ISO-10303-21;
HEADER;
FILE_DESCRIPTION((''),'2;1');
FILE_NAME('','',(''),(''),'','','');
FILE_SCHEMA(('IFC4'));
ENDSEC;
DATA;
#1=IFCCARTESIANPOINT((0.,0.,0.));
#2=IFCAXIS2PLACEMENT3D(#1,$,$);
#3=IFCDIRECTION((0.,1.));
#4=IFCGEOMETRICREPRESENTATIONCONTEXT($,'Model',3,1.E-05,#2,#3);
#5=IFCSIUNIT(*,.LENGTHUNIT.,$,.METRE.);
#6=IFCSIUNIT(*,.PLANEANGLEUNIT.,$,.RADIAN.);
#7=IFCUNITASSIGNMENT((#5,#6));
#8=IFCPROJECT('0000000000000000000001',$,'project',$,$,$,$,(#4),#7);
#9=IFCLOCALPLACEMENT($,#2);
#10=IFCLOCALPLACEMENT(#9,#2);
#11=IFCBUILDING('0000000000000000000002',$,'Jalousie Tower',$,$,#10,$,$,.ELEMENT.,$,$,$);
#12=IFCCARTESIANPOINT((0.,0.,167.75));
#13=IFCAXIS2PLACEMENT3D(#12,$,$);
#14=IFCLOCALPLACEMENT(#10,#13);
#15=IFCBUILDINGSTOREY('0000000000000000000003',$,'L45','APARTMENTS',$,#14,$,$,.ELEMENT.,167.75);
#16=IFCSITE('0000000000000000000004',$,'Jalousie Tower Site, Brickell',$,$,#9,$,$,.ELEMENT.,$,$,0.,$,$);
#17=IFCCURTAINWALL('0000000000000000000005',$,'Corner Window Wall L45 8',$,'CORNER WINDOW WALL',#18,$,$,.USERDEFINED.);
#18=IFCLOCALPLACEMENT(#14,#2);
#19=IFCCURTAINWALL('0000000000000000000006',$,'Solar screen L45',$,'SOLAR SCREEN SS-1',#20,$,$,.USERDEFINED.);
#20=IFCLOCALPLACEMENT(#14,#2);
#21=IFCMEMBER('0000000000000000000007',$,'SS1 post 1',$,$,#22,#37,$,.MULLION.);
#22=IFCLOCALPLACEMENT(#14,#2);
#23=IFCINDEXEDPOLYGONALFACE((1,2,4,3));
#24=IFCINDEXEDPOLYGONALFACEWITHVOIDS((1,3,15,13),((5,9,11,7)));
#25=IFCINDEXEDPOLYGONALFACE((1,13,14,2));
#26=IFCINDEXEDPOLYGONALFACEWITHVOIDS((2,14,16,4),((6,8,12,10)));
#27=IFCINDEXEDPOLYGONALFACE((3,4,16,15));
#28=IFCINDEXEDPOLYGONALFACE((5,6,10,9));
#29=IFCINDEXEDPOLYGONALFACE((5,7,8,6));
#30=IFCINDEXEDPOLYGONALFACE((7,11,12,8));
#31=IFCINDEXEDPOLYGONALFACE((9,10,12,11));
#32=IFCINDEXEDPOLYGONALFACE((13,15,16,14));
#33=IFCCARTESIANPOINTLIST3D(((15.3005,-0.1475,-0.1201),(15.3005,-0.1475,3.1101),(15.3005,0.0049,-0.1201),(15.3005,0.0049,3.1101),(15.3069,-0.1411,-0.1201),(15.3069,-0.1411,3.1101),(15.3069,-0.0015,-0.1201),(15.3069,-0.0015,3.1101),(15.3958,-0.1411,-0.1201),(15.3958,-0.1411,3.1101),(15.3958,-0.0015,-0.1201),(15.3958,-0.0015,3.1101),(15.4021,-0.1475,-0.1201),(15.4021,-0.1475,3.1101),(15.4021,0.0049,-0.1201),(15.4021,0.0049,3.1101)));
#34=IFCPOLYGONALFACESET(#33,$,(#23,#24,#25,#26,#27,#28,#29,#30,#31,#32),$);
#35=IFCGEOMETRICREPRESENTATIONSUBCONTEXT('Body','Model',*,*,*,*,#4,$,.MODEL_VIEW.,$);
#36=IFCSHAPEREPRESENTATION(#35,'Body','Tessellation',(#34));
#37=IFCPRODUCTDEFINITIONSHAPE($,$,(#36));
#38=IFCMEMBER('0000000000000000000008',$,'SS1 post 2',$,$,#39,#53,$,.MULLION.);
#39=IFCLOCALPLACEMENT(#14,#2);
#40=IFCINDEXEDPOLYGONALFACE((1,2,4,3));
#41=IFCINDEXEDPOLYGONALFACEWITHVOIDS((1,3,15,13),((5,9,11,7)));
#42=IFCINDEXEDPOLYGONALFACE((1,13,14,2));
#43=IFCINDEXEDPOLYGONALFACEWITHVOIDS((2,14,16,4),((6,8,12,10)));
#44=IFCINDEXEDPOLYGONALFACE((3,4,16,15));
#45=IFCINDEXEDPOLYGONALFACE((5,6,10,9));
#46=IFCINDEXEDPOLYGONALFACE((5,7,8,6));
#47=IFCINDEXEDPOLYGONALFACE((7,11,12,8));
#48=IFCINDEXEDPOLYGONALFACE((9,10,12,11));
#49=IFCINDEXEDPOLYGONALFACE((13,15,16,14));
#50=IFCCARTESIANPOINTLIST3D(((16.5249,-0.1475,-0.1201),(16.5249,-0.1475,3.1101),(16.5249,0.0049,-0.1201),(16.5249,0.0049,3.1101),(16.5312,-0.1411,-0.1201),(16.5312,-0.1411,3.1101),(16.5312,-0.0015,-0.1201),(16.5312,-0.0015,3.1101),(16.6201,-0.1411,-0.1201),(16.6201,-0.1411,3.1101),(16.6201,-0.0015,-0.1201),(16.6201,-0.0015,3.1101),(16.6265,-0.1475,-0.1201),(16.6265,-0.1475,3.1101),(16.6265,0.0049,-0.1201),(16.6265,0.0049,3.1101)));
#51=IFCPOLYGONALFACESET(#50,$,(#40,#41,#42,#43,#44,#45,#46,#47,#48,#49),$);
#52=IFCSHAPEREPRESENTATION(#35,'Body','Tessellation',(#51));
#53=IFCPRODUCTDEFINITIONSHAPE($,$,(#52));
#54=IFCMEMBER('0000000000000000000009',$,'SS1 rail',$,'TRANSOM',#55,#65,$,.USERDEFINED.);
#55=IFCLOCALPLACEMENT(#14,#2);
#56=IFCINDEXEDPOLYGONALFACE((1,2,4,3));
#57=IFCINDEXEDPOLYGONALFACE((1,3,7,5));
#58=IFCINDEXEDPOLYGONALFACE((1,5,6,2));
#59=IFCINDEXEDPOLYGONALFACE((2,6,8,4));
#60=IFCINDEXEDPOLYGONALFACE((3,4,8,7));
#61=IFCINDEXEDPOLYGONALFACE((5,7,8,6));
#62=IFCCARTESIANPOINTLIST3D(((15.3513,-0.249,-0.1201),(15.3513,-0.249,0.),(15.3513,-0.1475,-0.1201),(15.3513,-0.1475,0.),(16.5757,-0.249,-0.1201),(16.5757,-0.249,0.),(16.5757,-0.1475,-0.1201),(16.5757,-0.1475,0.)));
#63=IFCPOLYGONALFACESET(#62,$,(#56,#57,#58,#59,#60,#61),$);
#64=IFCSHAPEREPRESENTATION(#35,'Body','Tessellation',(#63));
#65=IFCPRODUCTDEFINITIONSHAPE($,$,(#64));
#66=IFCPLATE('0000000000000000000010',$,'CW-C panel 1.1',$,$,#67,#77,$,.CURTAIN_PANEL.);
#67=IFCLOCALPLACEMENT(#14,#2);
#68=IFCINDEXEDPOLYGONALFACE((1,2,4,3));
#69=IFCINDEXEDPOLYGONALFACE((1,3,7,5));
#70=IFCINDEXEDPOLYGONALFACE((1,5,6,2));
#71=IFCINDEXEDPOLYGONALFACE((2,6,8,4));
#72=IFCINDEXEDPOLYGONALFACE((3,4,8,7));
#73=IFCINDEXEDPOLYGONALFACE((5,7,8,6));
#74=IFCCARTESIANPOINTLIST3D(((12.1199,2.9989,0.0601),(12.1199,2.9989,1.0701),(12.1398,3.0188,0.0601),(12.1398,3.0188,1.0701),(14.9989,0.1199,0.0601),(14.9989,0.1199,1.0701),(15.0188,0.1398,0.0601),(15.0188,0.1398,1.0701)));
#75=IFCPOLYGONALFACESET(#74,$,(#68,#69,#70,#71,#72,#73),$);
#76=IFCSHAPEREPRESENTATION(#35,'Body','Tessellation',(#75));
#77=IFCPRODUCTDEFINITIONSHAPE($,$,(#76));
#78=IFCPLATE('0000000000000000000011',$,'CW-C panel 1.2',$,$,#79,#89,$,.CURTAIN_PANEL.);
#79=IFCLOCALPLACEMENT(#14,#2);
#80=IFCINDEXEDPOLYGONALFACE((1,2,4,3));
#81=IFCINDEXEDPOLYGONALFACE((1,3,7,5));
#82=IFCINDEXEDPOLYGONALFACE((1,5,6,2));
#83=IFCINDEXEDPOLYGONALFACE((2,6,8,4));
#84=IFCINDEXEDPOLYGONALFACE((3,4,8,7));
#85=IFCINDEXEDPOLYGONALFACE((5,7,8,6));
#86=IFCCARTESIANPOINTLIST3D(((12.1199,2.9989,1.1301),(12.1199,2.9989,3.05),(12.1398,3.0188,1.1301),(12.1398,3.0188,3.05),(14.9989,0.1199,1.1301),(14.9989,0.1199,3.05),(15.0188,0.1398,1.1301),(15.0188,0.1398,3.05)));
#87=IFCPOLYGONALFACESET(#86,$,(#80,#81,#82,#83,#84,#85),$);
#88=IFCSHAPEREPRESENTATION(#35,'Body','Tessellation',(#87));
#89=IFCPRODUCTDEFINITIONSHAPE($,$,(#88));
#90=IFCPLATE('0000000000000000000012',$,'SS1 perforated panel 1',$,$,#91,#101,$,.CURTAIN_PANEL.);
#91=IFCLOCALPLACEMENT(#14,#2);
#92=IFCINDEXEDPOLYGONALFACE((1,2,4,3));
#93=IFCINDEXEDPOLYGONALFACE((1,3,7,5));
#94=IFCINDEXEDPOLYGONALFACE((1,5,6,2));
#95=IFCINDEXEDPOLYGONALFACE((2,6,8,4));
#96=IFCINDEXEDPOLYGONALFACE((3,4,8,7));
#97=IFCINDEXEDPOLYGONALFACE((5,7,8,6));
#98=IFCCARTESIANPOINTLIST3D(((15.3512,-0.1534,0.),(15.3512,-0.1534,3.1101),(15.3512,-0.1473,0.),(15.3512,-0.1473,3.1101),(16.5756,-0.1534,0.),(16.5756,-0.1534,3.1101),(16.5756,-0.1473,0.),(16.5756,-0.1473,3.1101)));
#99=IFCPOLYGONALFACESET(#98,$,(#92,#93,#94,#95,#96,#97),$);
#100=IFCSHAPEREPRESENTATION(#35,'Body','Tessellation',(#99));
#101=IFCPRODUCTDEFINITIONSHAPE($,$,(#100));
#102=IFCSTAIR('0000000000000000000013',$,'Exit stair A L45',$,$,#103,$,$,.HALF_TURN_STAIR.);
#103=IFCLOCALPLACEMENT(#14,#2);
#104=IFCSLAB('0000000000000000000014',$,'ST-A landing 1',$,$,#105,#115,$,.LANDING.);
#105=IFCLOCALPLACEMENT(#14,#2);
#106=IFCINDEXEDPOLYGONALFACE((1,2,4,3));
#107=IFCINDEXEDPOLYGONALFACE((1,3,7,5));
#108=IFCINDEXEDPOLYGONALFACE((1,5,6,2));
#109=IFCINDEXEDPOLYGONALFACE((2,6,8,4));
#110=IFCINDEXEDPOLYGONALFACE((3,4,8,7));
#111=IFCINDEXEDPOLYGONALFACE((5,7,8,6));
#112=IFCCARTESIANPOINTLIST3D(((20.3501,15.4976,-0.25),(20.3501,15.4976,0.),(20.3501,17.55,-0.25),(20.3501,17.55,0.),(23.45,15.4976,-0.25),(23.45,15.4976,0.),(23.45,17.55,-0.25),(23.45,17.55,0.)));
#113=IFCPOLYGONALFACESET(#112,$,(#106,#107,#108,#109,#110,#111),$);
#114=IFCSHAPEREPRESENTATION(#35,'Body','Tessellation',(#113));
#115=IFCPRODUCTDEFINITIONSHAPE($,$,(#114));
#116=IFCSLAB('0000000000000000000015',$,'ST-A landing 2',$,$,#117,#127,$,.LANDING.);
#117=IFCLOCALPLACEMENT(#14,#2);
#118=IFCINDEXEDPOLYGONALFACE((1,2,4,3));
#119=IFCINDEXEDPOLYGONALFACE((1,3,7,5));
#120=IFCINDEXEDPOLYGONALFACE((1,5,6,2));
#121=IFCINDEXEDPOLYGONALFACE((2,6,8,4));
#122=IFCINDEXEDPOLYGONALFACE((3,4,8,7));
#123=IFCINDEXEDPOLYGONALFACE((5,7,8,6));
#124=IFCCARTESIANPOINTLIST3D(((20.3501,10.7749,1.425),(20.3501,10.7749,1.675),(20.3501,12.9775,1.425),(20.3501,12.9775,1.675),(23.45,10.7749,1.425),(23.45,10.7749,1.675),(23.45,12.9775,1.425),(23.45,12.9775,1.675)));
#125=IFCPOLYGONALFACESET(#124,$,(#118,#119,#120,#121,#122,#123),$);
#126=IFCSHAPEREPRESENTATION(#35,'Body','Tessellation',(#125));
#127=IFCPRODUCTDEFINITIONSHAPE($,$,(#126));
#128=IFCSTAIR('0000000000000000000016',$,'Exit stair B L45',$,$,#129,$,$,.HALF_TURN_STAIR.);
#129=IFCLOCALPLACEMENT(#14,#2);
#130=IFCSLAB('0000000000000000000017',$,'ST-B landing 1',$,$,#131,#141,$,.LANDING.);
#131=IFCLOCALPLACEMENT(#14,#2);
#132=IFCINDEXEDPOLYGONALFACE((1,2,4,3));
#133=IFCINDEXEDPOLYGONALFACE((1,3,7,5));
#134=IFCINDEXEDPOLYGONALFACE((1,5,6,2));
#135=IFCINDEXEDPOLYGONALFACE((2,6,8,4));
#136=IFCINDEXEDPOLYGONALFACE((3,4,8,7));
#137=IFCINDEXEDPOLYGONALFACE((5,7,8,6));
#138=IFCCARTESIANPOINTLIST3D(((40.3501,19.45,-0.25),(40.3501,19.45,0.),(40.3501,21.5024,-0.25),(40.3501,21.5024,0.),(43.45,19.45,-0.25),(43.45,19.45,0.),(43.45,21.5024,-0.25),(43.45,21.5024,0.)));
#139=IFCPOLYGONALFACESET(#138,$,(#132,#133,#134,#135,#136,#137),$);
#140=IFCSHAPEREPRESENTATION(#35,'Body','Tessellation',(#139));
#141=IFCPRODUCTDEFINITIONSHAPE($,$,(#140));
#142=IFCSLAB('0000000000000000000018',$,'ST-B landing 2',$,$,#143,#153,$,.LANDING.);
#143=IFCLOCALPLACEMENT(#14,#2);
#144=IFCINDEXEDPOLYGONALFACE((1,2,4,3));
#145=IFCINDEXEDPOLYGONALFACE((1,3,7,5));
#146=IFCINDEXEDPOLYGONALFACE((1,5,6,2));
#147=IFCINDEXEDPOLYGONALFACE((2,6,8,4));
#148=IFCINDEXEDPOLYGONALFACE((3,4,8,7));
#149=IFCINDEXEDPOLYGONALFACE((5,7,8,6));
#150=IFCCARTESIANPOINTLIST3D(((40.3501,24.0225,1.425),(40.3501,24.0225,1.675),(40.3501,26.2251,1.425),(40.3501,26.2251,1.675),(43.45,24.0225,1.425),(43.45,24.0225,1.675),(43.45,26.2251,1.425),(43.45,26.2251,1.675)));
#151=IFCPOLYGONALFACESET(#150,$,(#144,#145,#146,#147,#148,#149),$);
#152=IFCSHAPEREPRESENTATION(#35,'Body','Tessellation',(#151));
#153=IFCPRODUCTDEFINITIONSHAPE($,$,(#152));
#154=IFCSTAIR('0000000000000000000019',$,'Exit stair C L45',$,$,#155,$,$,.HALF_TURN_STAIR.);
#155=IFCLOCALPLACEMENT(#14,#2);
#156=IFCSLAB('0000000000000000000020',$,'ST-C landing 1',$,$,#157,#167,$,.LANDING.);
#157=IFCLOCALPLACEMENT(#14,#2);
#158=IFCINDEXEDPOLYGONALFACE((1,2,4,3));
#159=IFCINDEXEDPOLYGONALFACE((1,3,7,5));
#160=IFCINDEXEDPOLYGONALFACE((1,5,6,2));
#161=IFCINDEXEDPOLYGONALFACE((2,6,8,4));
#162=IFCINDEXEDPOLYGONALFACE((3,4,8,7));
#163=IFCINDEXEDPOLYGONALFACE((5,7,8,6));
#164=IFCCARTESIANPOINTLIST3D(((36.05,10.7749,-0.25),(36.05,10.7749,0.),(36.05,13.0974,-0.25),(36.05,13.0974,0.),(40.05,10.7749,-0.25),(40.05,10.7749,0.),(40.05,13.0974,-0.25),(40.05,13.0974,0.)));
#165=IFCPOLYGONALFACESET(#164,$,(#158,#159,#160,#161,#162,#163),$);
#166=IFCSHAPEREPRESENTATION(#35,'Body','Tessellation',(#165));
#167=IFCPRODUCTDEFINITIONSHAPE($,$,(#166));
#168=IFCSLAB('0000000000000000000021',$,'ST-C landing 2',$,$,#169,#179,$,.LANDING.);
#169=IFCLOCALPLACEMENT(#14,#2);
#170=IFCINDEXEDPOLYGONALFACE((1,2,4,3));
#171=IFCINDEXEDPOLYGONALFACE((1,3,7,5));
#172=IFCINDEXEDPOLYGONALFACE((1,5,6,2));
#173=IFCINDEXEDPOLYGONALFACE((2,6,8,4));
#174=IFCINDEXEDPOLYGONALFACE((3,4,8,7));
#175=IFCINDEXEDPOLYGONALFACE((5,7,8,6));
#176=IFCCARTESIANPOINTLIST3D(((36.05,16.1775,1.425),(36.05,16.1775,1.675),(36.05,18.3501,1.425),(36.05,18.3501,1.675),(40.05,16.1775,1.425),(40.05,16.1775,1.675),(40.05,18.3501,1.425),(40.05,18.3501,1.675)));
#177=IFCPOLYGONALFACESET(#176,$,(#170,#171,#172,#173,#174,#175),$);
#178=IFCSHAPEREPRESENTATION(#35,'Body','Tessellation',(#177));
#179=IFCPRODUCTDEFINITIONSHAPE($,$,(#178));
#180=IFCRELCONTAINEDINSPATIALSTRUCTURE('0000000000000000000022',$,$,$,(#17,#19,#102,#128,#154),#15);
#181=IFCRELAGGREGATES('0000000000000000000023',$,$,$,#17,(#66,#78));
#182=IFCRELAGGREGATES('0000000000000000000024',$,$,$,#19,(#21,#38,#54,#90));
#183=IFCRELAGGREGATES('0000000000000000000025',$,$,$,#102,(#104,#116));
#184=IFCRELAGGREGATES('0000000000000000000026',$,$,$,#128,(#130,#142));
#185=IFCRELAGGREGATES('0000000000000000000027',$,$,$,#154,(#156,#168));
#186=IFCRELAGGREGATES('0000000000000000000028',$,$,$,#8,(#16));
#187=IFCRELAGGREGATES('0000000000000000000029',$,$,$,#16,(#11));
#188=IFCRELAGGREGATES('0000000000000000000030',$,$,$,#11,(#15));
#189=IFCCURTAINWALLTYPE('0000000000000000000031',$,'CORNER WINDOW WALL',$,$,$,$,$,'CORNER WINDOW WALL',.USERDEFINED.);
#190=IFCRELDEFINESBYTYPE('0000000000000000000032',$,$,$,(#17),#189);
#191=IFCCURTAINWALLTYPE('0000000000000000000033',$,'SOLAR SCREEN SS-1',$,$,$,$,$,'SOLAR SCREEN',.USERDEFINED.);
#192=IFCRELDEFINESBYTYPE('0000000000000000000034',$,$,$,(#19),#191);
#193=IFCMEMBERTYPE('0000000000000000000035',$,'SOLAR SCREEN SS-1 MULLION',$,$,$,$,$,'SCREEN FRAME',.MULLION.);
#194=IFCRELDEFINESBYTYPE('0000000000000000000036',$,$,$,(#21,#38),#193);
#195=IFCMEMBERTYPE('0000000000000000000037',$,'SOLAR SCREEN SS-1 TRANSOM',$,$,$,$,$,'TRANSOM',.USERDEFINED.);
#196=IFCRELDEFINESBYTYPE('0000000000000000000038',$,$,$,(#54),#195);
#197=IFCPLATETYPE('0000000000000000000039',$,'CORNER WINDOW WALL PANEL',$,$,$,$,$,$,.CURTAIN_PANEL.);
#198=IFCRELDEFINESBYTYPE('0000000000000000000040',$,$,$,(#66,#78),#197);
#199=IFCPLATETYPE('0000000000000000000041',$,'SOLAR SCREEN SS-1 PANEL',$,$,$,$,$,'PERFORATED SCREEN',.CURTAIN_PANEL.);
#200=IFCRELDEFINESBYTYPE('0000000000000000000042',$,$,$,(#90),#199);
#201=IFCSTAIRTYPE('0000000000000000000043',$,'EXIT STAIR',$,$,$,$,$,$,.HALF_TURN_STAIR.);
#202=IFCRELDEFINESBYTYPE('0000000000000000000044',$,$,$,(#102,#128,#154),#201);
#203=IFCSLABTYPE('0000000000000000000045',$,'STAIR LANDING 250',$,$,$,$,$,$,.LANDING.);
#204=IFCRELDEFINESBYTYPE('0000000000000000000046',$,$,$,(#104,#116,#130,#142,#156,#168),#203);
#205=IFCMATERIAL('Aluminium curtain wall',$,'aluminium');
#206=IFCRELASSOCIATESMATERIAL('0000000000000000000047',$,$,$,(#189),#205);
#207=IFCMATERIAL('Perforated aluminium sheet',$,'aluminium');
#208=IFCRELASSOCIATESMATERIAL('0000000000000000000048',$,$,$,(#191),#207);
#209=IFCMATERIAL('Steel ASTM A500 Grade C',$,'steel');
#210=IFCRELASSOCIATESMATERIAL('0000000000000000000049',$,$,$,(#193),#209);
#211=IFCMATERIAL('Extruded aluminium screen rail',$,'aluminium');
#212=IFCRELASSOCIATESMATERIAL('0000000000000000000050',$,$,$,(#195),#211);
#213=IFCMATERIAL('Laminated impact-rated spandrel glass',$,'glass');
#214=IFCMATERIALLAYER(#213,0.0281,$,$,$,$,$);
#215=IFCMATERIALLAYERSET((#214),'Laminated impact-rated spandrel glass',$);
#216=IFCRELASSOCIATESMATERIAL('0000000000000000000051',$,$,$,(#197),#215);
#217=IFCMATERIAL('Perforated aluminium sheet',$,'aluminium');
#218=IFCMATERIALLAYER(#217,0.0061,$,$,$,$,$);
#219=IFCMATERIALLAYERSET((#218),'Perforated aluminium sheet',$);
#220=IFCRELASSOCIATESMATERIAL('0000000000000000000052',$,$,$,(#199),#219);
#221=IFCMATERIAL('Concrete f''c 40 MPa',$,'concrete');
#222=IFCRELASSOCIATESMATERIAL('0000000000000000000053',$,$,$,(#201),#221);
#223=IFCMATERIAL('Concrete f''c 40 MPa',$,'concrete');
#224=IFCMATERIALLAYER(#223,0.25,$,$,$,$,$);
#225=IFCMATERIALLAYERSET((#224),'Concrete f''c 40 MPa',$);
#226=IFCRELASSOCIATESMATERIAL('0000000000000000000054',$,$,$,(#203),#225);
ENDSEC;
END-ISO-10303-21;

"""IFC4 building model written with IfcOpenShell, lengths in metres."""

from ifc_helpers import new_model, si_unit, direction, frame, origin, origin_2d, place, context, subcontext, project, spatial, polyline, rectangle, hollow_rectangle, outline, extrude, material, layer, layer_set, material_profile, profile_set, type_object, element, aggregate, save


model = new_model("IFC4")

# Units and contexts
model_context = context("Model", 3, precision=1e-05, world=origin(), true_north=direction((0.0, 1.0)))
body_context = subcontext(model_context, "Body", "Model", "MODEL_VIEW")
ifc_project = project(units=[si_unit("LENGTHUNIT", "METRE"), si_unit("PLANEANGLEUNIT", "RADIAN")], contexts=[model_context])

# Site, building, storey
site_placement = place(None, origin())
site = spatial("IfcSite", under=ifc_project, at=site_placement, Name="Jalousie Tower Site, Brickell", CompositionType="ELEMENT", RefElevation=0.0)
building_placement = place(site_placement, origin())
building = spatial("IfcBuilding", under=site, at=building_placement, Name="Jalousie Tower", CompositionType="ELEMENT")
storey_placement = place(building_placement, frame((0.0, 0.0, 167.75)))
storey = spatial("IfcBuildingStorey", under=building, at=storey_placement, Name="L45", Description="APARTMENTS", CompositionType="ELEMENT", Elevation=167.75)

# Curtain wall
ifc_material_1 = material(Name="Aluminium curtain wall", Category="aluminium")
curtain_wall_type_1 = type_object("IfcCurtainWallType", Name="CORNER WINDOW WALL", ElementType="CORNER WINDOW WALL", PredefinedType="USERDEFINED", material=ifc_material_1)
curtain_wall_1_placement = place(storey_placement, origin())
curtain_wall_1 = element("IfcCurtainWall", 1, at=curtain_wall_1_placement, inside=storey, type_object=curtain_wall_type_1, Name="Corner Window Wall L45 8", ObjectType="CORNER WINDOW WALL", PredefinedType="USERDEFINED")

# Curtain wall, members
ifc_material_2 = material(Name="Perforated aluminium sheet", Category="aluminium")
curtain_wall_type_2 = type_object("IfcCurtainWallType", Name="SOLAR SCREEN SS-1", ElementType="SOLAR SCREEN", PredefinedType="USERDEFINED", material=ifc_material_2)
curtain_wall_2_placement = place(storey_placement, origin())
curtain_wall_2 = element("IfcCurtainWall", 2, at=curtain_wall_2_placement, inside=storey, type_object=curtain_wall_type_2, Name="Solar screen L45", ObjectType="SOLAR SCREEN SS-1", PredefinedType="USERDEFINED")
ifc_material_3 = material(Name="Steel ASTM A500 Grade C", Category="steel")
ifc_material_profile_1 = material_profile(ifc_material_3, hollow_rectangle(XDim=0.1016, YDim=0.1523, WallThickness=0.0063, at=origin_2d()), Name="HSS6X4X1/4")
ifc_profile_set_1 = profile_set([ifc_material_profile_1], Name="Steel ASTM A500 Grade C")
member_type_1 = type_object("IfcMemberType", Name="SOLAR SCREEN SS-1 MULLION", ElementType="SCREEN FRAME", PredefinedType="MULLION", material=ifc_profile_set_1)
member_1_placement = place(storey_placement, frame((15.3513, -0.0713, -0.1201), z_axis=(0.0, 0.0, 1.0), x_axis=(1.0, 0.0, 0.0)))
member_1 = element("IfcMember", 3, at=member_1_placement, type_object=member_type_1, Name="SS1 post 1", PredefinedType="MULLION", context=body_context, shape_type="SweptSolid", body=[
    extrude(hollow_rectangle(XDim=0.1016, YDim=0.1523, WallThickness=0.0063, at=origin_2d()), origin(), (0.0, 0.0, 1.0), 3.2302),
])
member_2_placement = place(storey_placement, frame((16.5757, -0.0713, -0.1201), z_axis=(0.0, 0.0, 1.0), x_axis=(1.0, 0.0, 0.0)))
member_2 = element("IfcMember", 4, at=member_2_placement, type_object=member_type_1, Name="SS1 post 2", PredefinedType="MULLION", context=body_context, shape_type="SweptSolid", body=[
    extrude(hollow_rectangle(XDim=0.1016, YDim=0.1523, WallThickness=0.0063, at=origin_2d()), origin(), (0.0, 0.0, 1.0), 3.2302),
])
ifc_material_4 = material(Name="Extruded aluminium screen rail", Category="aluminium")
ifc_material_profile_2 = material_profile(ifc_material_4, rectangle(XDim=0.1016, YDim=0.1201, at=origin_2d()), Name="RAIL 102x120")
ifc_profile_set_2 = profile_set([ifc_material_profile_2], Name="Extruded aluminium screen rail")
member_type_2 = type_object("IfcMemberType", Name="SOLAR SCREEN SS-1 TRANSOM", ElementType="TRANSOM", PredefinedType="USERDEFINED", material=ifc_profile_set_2)
member_3_placement = place(storey_placement, frame((15.3513, -0.1982, -0.0601), z_axis=(1.0, 0.0, 0.0), x_axis=(0.0, 1.0, 0.0)))
member_3 = element("IfcMember", 5, at=member_3_placement, type_object=member_type_2, Name="SS1 rail", ObjectType="TRANSOM", PredefinedType="USERDEFINED", context=body_context, shape_type="SweptSolid", body=[
    extrude(rectangle(XDim=0.1016, YDim=0.1201, at=origin_2d()), origin(), (0.0, 0.0, 1.0), 1.2244),
])

# Plates
ifc_material_5 = material(Name="Laminated impact-rated spandrel glass", Category="glass")
ifc_layer_1 = layer(ifc_material_5, 0.0281)
ifc_layer_set_1 = layer_set([ifc_layer_1], Name="Laminated impact-rated spandrel glass")
plate_type_1 = type_object("IfcPlateType", Name="CORNER WINDOW WALL PANEL", PredefinedType="CURTAIN_PANEL", material=ifc_layer_set_1)
plate_1_placement = place(storey_placement, frame((13.5693, 1.5693, 0.0601), z_axis=(0.0, 0.0, 1.0), x_axis=(0.707107, -0.707107, 0.0)))
plate_1 = element("IfcPlate", 6, at=plate_1_placement, type_object=plate_type_1, Name="CW-C panel 1.1", PredefinedType="CURTAIN_PANEL", context=body_context, shape_type="SweptSolid", body=[
    extrude(rectangle(XDim=4.0715, YDim=0.0281, at=origin_2d()), origin(), (0.0, 0.0, 1.0), 1.01),
])
plate_2_placement = place(storey_placement, frame((13.5693, 1.5693, 1.1301), z_axis=(0.0, 0.0, 1.0), x_axis=(0.707107, -0.707107, 0.0)))
plate_2 = element("IfcPlate", 7, at=plate_2_placement, type_object=plate_type_1, Name="CW-C panel 1.2", PredefinedType="CURTAIN_PANEL", context=body_context, shape_type="SweptSolid", body=[
    extrude(rectangle(XDim=4.0715, YDim=0.0281, at=origin_2d()), origin(), (0.0, 0.0, 1.0), 1.9199),
])
aggregate(curtain_wall_1, [plate_1, plate_2])

# Plate
ifc_material_6 = material(Name="Perforated aluminium sheet", Category="aluminium")
ifc_layer_2 = layer(ifc_material_6, 0.0061)
ifc_layer_set_2 = layer_set([ifc_layer_2], Name="Perforated aluminium sheet")
plate_type_2 = type_object("IfcPlateType", Name="SOLAR SCREEN SS-1 PANEL", ElementType="PERFORATED SCREEN", PredefinedType="CURTAIN_PANEL", material=ifc_layer_set_2)
plate_3_placement = place(storey_placement, frame((15.9634, -0.1504, 0.0), z_axis=(0.0, 0.0, 1.0), x_axis=(1.0, 0.0, 0.0)))
plate_3 = element("IfcPlate", 8, at=plate_3_placement, type_object=plate_type_2, Name="SS1 perforated panel 1", PredefinedType="CURTAIN_PANEL", context=body_context, shape_type="SweptSolid", body=[
    extrude(rectangle(XDim=1.2244, YDim=0.0061, at=origin_2d()), origin(), (0.0, 0.0, 1.0), 3.1101),
])
aggregate(curtain_wall_2, [member_1, member_2, member_3, plate_3])

# Stairs, slabs
ifc_material_7 = material(Name="Concrete f'c 40 MPa", Category="concrete")
stair_type = type_object("IfcStairType", Name="EXIT STAIR", PredefinedType="HALF_TURN_STAIR", material=ifc_material_7)
stair_1_placement = place(storey_placement, origin())
stair_1 = element("IfcStair", 9, at=stair_1_placement, inside=storey, type_object=stair_type, Name="Exit stair A L45", PredefinedType="HALF_TURN_STAIR")
ifc_material_8 = material(Name="Concrete f'c 40 MPa", Category="concrete")
ifc_layer_3 = layer(ifc_material_8, 0.25)
ifc_layer_set_3 = layer_set([ifc_layer_3], Name="Concrete f'c 40 MPa")
slab_type_1 = type_object("IfcSlabType", Name="STAIR LANDING 250", PredefinedType="LANDING", material=ifc_layer_set_3)
slab_1_placement = place(storey_placement, frame((0.0, 0.0, -0.25)))
slab_1 = element("IfcSlab", 10, at=slab_1_placement, type_object=slab_type_1, Name="ST-A landing 1", PredefinedType="LANDING", context=body_context, shape_type="SweptSolid", body=[
    extrude(outline(polyline([(20.3501, 15.4976), (23.45, 15.4976), (23.45, 17.55), (20.3501, 17.55), (20.3501, 15.4976)])), origin(), (0.0, 0.0, 1.0), 0.25),
])
slab_2_placement = place(storey_placement, frame((0.0, 0.0, 1.425)))
slab_2 = element("IfcSlab", 11, at=slab_2_placement, type_object=slab_type_1, Name="ST-A landing 2", PredefinedType="LANDING", context=body_context, shape_type="SweptSolid", body=[
    extrude(outline(polyline([(20.3501, 10.7749), (23.45, 10.7749), (23.45, 12.9775), (20.3501, 12.9775), (20.3501, 10.7749)])), origin(), (0.0, 0.0, 1.0), 0.25),
])
aggregate(stair_1, [slab_1, slab_2])
stair_2_placement = place(storey_placement, origin())
stair_2 = element("IfcStair", 12, at=stair_2_placement, inside=storey, type_object=stair_type, Name="Exit stair B L45", PredefinedType="HALF_TURN_STAIR")
slab_3_placement = place(storey_placement, frame((0.0, 0.0, -0.25)))
slab_3 = element("IfcSlab", 13, at=slab_3_placement, type_object=slab_type_1, Name="ST-B landing 1", PredefinedType="LANDING", context=body_context, shape_type="SweptSolid", body=[
    extrude(outline(polyline([(40.3501, 19.45), (43.45, 19.45), (43.45, 21.5024), (40.3501, 21.5024), (40.3501, 19.45)])), origin(), (0.0, 0.0, 1.0), 0.25),
])
slab_4_placement = place(storey_placement, frame((0.0, 0.0, 1.425)))
slab_4 = element("IfcSlab", 14, at=slab_4_placement, type_object=slab_type_1, Name="ST-B landing 2", PredefinedType="LANDING", context=body_context, shape_type="SweptSolid", body=[
    extrude(outline(polyline([(40.3501, 24.0225), (43.45, 24.0225), (43.45, 26.2251), (40.3501, 26.2251), (40.3501, 24.0225)])), origin(), (0.0, 0.0, 1.0), 0.25),
])
aggregate(stair_2, [slab_3, slab_4])
stair_3_placement = place(storey_placement, origin())
stair_3 = element("IfcStair", 15, at=stair_3_placement, inside=storey, type_object=stair_type, Name="Exit stair C L45", PredefinedType="HALF_TURN_STAIR")
slab_5_placement = place(storey_placement, frame((0.0, 0.0, -0.25)))
slab_5 = element("IfcSlab", 16, at=slab_5_placement, type_object=slab_type_1, Name="ST-C landing 1", PredefinedType="LANDING", context=body_context, shape_type="SweptSolid", body=[
    extrude(outline(polyline([(36.05, 10.7749), (40.05, 10.7749), (40.05, 13.0974), (36.05, 13.0974), (36.05, 10.7749)])), origin(), (0.0, 0.0, 1.0), 0.25),
])
slab_6_placement = place(storey_placement, frame((0.0, 0.0, 1.425)))
slab_6 = element("IfcSlab", 17, at=slab_6_placement, type_object=slab_type_1, Name="ST-C landing 2", PredefinedType="LANDING", context=body_context, shape_type="SweptSolid", body=[
    extrude(outline(polyline([(36.05, 16.1775), (40.05, 16.1775), (40.05, 18.3501), (36.05, 18.3501), (36.05, 16.1775)])), origin(), (0.0, 0.0, 1.0), 0.25),
])
aggregate(stair_3, [slab_5, slab_6])

save(model, "model.ifc")
